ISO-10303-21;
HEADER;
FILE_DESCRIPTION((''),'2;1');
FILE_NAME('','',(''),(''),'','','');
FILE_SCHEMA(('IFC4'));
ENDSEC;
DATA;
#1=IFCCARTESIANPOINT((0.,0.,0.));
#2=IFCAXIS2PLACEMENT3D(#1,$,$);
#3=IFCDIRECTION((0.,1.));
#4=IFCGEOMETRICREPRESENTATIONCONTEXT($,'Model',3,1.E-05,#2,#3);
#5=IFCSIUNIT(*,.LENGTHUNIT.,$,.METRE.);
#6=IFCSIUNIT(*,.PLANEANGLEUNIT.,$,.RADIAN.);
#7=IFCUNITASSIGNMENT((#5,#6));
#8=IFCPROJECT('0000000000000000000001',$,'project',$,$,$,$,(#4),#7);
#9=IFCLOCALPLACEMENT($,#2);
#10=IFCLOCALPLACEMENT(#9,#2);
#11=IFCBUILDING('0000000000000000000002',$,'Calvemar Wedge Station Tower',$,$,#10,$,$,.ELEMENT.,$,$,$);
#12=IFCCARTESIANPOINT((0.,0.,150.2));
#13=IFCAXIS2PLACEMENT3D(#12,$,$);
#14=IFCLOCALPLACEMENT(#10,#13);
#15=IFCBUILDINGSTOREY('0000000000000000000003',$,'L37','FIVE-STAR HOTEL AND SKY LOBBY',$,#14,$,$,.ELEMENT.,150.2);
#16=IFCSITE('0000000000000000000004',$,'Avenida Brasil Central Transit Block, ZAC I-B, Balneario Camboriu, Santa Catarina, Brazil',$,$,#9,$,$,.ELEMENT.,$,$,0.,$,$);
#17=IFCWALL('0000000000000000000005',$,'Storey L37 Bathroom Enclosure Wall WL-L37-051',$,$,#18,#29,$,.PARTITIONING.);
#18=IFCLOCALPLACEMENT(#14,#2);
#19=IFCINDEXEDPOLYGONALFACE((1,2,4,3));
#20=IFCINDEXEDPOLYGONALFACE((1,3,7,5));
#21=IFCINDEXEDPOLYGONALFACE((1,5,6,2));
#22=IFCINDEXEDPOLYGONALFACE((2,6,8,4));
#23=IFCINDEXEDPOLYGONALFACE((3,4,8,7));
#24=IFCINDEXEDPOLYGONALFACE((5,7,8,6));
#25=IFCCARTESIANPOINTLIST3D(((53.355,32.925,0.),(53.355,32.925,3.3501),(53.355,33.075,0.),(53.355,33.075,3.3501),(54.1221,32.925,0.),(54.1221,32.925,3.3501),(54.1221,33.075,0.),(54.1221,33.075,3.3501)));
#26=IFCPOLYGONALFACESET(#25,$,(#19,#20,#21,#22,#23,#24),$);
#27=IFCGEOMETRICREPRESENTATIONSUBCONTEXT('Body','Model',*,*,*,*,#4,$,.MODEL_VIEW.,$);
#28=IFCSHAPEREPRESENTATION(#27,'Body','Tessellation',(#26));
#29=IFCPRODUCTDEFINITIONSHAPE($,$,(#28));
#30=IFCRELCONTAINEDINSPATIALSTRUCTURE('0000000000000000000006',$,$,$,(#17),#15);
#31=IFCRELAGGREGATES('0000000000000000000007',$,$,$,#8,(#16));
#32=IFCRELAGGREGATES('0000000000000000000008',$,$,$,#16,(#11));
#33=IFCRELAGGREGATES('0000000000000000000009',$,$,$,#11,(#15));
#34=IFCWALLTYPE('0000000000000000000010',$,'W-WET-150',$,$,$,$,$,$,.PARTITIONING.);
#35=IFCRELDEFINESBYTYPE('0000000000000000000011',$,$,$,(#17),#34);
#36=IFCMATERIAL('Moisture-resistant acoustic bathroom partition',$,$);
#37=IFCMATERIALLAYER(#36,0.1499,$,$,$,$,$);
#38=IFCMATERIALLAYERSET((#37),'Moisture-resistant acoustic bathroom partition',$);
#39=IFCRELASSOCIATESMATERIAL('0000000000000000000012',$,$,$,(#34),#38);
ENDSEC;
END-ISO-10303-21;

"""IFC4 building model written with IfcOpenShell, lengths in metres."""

from ifc_helpers import new_model, si_unit, direction, frame, frame_2d, origin, place, context, subcontext, project, spatial, rectangle, extrude, material, layer, layer_set, type_object, element, save


model = new_model("IFC4")

# Units and contexts
model_context = context("Model", 3, precision=1e-05, world=origin(), true_north=direction((0.0, 1.0)))
body_context = subcontext(model_context, "Body", "Model", "MODEL_VIEW")
ifc_project = project(units=[si_unit("LENGTHUNIT", "METRE"), si_unit("PLANEANGLEUNIT", "RADIAN")], contexts=[model_context])

# Site, building, storey
site_placement = place(None, origin())
site = spatial("IfcSite", under=ifc_project, at=site_placement, Name="Avenida Brasil Central Transit Block, ZAC I-B, Balneario Camboriu, Santa Catarina, Brazil", CompositionType="ELEMENT", RefElevation=0.0)
building_placement = place(site_placement, origin())
building = spatial("IfcBuilding", under=site, at=building_placement, Name="Calvemar Wedge Station Tower", CompositionType="ELEMENT")
storey_placement = place(building_placement, frame((0.0, 0.0, 150.2)))
storey = spatial("IfcBuildingStorey", under=building, at=storey_placement, Name="L37", Description="FIVE-STAR HOTEL AND SKY LOBBY", CompositionType="ELEMENT", Elevation=150.2)

# Shared definitions
ifc_material_1 = material(Name="Moisture-resistant acoustic bathroom partition")
ifc_layer_1 = layer(ifc_material_1, 0.1499)
ifc_layer_set_1 = layer_set([ifc_layer_1], Name="Moisture-resistant acoustic bathroom partition")
wall_type_1 = type_object("IfcWallType", Name="W-WET-150", PredefinedType="PARTITIONING", material=ifc_layer_set_1)

# Wall
wall_1_placement = place(storey_placement, frame((54.1221, 33.0, 0.0), z_axis=(0.0, 0.0, 1.0), x_axis=(-1.0, 0.0, 0.0)))
element("IfcWall", 1, at=wall_1_placement, inside=storey, type_object=wall_type_1, Name="Storey L37 Bathroom Enclosure Wall WL-L37-051", PredefinedType="PARTITIONING", context=body_context, shape_type="SweptSolid", body=[
    extrude(rectangle(XDim=0.7671, YDim=0.1499, at=frame_2d((0.3835, 0.0))), origin(), (0.0, 0.0, 1.0), 3.3501),
])

save(model, "model.ifc")
